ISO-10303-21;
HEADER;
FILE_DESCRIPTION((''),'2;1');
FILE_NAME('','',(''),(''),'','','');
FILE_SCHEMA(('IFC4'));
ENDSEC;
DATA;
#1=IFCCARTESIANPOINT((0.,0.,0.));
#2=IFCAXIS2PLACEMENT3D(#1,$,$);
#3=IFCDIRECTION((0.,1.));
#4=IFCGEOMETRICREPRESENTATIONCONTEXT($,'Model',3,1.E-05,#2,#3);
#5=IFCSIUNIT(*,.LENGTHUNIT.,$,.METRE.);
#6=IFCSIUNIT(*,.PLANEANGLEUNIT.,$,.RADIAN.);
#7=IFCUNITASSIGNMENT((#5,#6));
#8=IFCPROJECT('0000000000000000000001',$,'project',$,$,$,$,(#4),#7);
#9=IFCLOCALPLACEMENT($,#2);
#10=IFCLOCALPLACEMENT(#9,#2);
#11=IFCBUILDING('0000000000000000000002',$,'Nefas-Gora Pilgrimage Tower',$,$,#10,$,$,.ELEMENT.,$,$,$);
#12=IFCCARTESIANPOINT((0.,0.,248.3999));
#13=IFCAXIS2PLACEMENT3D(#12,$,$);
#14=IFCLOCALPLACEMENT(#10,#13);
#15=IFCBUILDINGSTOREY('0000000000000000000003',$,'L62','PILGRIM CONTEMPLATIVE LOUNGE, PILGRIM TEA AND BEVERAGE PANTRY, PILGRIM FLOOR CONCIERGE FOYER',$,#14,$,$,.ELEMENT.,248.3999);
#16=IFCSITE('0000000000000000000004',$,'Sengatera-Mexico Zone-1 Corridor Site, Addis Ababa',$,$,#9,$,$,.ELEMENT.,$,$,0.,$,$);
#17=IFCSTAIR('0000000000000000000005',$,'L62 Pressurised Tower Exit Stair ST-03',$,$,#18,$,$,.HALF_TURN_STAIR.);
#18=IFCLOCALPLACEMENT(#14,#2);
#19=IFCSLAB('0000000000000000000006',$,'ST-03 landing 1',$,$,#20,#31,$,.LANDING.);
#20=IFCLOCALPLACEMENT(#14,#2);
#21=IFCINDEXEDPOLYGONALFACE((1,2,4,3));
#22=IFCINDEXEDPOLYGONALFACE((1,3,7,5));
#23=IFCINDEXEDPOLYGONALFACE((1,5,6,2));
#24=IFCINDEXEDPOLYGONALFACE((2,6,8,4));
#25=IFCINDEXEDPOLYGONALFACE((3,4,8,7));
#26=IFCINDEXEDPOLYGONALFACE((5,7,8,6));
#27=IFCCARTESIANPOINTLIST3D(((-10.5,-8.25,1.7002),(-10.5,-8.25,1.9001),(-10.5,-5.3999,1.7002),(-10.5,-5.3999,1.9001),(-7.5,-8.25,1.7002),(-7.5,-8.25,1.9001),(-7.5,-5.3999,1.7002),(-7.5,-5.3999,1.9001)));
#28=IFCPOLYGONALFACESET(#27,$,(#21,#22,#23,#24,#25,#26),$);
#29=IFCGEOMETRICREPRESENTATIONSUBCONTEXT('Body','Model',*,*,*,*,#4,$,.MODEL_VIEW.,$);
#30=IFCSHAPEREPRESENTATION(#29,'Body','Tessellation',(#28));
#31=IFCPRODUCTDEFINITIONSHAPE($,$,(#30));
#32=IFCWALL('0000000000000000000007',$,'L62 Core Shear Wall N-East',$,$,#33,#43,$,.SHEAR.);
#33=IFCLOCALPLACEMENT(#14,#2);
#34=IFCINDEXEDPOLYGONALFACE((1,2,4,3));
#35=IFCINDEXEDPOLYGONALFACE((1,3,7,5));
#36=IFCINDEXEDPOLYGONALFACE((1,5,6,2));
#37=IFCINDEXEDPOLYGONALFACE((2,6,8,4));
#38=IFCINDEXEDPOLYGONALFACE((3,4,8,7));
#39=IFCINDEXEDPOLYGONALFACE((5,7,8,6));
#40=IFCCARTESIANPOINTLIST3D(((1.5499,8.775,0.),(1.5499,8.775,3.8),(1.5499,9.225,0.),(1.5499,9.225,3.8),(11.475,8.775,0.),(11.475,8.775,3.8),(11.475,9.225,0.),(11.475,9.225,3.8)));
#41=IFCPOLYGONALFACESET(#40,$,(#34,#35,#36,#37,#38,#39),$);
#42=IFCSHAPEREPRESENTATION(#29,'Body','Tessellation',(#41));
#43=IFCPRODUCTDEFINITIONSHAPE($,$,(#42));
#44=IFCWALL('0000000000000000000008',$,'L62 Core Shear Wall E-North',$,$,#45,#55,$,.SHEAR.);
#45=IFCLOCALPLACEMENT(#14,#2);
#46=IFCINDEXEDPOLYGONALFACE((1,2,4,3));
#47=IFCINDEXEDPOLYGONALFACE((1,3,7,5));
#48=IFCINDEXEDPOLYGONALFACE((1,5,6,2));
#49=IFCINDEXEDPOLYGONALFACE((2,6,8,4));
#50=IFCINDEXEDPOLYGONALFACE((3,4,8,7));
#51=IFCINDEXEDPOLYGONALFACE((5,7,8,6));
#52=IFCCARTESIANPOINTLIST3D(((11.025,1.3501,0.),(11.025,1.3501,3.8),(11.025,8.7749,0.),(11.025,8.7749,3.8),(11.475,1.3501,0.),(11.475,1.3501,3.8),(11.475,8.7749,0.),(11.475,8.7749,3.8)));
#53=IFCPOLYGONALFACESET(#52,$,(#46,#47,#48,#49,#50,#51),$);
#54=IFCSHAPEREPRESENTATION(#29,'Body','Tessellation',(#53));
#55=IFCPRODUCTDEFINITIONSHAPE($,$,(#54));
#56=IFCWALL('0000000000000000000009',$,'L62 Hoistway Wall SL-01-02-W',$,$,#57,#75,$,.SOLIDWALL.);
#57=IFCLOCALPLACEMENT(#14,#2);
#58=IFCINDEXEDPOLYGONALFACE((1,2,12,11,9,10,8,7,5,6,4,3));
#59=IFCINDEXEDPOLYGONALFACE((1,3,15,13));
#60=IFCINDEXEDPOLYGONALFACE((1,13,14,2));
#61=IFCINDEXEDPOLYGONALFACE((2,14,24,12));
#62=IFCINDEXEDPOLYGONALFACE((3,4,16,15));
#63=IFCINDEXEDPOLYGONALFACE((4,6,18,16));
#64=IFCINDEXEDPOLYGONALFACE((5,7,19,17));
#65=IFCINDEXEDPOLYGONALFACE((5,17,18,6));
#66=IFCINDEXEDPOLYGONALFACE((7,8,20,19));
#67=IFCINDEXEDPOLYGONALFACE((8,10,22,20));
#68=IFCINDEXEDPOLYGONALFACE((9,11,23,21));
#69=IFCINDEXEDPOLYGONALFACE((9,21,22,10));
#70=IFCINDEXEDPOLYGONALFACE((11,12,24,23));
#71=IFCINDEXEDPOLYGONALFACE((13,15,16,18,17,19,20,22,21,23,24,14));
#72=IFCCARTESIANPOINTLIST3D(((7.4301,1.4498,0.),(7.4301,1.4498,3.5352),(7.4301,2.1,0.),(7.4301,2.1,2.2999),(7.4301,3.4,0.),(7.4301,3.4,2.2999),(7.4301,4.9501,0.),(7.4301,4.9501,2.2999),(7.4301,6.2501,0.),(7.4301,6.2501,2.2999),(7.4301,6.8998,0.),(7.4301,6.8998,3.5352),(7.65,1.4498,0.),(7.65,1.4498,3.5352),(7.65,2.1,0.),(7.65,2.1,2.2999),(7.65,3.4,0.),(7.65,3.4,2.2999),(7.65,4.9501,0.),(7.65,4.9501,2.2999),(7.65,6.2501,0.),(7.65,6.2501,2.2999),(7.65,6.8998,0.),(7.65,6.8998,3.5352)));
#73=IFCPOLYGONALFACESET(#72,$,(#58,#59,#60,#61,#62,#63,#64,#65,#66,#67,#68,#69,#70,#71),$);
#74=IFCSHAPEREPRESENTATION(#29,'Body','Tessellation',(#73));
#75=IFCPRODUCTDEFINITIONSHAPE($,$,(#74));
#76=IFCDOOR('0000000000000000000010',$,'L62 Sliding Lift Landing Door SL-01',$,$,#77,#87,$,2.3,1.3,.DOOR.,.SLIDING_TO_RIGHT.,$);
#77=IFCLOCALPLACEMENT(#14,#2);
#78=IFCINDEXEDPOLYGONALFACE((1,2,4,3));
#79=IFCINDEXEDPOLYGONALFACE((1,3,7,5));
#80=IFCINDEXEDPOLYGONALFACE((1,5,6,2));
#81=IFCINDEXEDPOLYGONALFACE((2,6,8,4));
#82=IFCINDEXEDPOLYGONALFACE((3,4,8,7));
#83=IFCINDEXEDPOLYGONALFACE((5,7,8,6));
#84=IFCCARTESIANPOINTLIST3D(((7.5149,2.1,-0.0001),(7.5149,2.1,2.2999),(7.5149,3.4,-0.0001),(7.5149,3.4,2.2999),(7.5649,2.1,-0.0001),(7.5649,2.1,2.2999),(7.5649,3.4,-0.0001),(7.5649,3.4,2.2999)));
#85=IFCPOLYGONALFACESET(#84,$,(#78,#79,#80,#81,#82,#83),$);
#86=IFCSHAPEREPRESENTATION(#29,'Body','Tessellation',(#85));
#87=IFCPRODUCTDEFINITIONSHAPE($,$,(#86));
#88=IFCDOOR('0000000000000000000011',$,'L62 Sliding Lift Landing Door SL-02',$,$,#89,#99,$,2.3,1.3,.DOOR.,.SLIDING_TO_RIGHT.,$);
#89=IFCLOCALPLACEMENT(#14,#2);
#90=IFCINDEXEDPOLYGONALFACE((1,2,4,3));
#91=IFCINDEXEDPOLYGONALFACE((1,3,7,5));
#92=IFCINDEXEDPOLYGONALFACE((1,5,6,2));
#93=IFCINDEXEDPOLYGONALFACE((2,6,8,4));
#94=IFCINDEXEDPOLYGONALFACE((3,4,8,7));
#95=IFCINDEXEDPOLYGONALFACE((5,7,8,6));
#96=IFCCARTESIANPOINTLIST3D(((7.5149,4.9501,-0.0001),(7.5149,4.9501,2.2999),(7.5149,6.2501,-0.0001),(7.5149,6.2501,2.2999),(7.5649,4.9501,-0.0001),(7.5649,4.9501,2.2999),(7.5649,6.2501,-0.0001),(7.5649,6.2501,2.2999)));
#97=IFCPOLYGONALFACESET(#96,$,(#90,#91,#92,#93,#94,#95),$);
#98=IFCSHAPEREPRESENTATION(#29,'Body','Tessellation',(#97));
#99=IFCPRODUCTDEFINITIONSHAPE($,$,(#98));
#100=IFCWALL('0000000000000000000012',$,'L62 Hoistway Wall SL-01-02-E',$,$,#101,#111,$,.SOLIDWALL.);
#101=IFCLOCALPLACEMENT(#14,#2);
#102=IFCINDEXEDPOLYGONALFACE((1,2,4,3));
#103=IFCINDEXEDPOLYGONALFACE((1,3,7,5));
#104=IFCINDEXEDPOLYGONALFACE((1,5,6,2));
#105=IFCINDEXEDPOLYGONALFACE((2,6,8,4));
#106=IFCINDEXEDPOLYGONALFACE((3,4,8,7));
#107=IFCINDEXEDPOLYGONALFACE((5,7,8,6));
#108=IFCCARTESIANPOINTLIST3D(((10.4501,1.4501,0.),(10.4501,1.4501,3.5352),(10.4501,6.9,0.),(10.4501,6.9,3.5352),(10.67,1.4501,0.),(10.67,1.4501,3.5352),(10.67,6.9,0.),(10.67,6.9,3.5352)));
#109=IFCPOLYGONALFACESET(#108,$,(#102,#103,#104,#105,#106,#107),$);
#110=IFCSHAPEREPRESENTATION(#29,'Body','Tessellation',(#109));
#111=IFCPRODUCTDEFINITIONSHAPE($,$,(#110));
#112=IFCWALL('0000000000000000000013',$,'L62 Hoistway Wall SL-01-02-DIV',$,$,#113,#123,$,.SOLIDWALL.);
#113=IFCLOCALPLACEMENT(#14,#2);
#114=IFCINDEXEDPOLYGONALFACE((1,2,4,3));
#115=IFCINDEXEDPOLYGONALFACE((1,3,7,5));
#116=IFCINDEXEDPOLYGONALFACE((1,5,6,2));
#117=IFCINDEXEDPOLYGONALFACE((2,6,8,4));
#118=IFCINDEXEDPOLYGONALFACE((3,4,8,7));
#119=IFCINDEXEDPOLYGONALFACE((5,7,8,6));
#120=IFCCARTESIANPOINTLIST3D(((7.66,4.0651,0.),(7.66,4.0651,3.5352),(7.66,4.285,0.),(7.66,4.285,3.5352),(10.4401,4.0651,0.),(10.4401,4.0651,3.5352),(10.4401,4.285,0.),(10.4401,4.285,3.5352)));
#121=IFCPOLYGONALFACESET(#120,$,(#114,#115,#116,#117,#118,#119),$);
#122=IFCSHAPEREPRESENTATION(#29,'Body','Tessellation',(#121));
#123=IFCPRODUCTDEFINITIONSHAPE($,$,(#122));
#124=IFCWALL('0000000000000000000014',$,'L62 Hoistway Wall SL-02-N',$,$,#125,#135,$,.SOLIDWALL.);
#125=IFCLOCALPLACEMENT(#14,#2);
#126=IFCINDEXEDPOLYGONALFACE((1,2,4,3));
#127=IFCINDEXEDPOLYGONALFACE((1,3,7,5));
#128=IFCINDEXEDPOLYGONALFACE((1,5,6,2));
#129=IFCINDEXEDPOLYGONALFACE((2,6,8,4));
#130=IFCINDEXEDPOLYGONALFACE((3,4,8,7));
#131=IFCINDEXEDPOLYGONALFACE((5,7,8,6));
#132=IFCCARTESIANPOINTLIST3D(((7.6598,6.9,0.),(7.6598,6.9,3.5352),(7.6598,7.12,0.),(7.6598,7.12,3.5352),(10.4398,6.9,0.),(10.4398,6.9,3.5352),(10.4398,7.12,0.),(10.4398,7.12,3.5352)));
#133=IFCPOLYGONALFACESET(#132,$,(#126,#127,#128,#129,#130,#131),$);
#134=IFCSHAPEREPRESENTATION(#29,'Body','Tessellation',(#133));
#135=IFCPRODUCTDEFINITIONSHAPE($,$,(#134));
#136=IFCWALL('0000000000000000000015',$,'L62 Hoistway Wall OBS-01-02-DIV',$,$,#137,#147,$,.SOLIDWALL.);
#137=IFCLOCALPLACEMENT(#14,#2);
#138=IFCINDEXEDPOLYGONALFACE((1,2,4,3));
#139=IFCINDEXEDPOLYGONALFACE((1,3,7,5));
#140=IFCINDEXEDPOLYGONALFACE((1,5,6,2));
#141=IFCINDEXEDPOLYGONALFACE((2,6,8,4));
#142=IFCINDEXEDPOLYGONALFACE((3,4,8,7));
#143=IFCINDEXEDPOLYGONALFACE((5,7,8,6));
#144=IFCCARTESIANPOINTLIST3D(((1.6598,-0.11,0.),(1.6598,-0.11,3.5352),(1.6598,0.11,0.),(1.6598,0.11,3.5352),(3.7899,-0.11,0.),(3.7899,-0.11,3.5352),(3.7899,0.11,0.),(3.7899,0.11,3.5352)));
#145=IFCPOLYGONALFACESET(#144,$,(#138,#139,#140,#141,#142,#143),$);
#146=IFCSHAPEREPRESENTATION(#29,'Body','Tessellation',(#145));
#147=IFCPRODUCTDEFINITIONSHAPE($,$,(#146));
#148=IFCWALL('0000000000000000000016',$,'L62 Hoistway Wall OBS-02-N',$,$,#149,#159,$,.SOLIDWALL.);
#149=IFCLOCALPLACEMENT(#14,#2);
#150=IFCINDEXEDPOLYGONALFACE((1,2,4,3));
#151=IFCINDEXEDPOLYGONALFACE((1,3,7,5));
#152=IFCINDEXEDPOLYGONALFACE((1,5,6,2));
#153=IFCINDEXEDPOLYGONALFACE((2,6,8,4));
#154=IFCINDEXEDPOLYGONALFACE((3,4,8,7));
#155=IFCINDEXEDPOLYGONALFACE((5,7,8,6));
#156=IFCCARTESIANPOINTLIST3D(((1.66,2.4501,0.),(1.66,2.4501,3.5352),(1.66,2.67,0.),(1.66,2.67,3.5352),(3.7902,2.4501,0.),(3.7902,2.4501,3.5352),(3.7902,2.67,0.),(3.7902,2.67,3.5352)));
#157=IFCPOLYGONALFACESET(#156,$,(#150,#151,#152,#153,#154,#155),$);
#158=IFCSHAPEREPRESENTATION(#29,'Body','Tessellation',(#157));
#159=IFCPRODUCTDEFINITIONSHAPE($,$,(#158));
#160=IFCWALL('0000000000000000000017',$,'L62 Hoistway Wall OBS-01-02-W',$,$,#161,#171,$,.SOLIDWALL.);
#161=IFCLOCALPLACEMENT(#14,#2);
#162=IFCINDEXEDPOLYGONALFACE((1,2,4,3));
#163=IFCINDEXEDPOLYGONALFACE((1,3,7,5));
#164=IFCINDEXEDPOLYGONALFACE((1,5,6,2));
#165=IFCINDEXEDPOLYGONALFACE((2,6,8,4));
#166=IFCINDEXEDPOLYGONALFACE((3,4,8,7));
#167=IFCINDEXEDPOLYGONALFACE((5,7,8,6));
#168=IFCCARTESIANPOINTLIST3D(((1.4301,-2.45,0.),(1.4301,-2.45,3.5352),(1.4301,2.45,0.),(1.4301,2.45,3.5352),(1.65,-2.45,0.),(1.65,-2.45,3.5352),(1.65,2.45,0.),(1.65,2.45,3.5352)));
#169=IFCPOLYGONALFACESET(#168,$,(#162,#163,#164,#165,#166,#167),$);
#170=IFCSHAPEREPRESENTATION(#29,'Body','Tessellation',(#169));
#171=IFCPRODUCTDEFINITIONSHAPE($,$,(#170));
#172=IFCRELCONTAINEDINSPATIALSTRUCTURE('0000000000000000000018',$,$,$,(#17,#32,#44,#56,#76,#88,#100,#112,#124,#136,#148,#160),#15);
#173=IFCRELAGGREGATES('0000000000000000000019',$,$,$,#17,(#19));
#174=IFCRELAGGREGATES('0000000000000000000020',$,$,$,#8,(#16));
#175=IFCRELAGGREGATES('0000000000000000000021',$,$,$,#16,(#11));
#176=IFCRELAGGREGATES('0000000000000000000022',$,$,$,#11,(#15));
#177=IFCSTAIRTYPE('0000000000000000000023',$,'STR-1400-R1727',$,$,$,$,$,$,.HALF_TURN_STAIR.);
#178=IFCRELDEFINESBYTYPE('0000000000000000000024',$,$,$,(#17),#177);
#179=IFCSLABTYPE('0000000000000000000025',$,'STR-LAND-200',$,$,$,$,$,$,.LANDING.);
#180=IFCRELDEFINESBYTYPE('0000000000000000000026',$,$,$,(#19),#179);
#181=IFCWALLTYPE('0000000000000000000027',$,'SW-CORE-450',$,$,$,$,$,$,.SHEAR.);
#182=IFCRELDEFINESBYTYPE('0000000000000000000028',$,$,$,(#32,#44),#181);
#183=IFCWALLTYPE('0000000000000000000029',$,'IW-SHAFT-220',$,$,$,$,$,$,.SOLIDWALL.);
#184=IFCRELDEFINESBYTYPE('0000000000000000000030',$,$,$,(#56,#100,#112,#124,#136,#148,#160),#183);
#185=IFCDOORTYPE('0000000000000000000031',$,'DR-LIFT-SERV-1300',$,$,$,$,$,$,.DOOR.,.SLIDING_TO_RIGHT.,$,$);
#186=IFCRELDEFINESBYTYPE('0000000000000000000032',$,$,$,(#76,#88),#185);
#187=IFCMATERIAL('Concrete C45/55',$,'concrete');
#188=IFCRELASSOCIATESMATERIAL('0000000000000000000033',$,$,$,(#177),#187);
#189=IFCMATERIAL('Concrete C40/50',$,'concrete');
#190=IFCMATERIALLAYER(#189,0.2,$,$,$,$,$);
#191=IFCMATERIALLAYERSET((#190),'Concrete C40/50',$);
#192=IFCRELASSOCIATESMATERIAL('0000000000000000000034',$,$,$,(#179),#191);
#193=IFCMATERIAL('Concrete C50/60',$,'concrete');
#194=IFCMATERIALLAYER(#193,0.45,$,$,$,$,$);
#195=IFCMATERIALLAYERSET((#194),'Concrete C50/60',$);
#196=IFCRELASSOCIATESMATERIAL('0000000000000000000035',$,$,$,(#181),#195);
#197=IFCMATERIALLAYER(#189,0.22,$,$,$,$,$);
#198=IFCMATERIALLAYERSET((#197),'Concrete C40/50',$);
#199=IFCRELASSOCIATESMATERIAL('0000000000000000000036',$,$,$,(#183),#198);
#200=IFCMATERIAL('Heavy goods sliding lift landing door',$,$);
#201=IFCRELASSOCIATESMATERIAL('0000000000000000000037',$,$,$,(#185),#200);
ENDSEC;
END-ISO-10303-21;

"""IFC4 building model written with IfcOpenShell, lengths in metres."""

from ifc_helpers import new_model, si_unit, direction, frame, frame_2d, origin, place, context, subcontext, project, spatial, polyline, rectangle, outline, extrude, source, transform, mapped, material, layer, layer_set, type_object, element, fill, aggregate, save


model = new_model("IFC4")

# Units and contexts
model_context = context("Model", 3, precision=1e-05, world=origin(), true_north=direction((0.0, 1.0)))
body_context = subcontext(model_context, "Body", "Model", "MODEL_VIEW")
ifc_project = project(units=[si_unit("LENGTHUNIT", "METRE"), si_unit("PLANEANGLEUNIT", "RADIAN")], contexts=[model_context])

# Site, building, storey
site_placement = place(None, origin())
site = spatial("IfcSite", under=ifc_project, at=site_placement, Name="Sengatera-Mexico Zone-1 Corridor Site, Addis Ababa", CompositionType="ELEMENT", RefElevation=0.0)
building_placement = place(site_placement, origin())
building = spatial("IfcBuilding", under=site, at=building_placement, Name="Nefas-Gora Pilgrimage Tower", CompositionType="ELEMENT")
storey_placement = place(building_placement, frame((0.0, 0.0, 248.3999)))
storey = spatial("IfcBuildingStorey", under=building, at=storey_placement, Name="L62", Description="PILGRIM CONTEMPLATIVE LOUNGE, PILGRIM TEA AND BEVERAGE PANTRY, PILGRIM FLOOR CONCIERGE FOYER", CompositionType="ELEMENT", Elevation=248.3999)

# Stair, slab
ifc_material_1 = material(Name="Concrete C45/55", Category="concrete")
stair_type = type_object("IfcStairType", Name="STR-1400-R1727", PredefinedType="HALF_TURN_STAIR", material=ifc_material_1)
ifc_material_2 = material(Name="Concrete C40/50", Category="concrete")
ifc_layer_1 = layer(ifc_material_2, 0.2)
ifc_layer_set_1 = layer_set([ifc_layer_1], Name="Concrete C40/50")
slab_type = type_object("IfcSlabType", Name="STR-LAND-200", PredefinedType="LANDING", material=ifc_layer_set_1)
stair_1_placement = place(storey_placement, origin())
stair_1 = element("IfcStair", 1, at=stair_1_placement, inside=storey, type_object=stair_type, Name="L62 Pressurised Tower Exit Stair ST-03", PredefinedType="HALF_TURN_STAIR")
slab_1_placement = place(storey_placement, frame((0.0, 0.0, 1.7002)))
slab_1 = element("IfcSlab", 2, at=slab_1_placement, type_object=slab_type, Name="ST-03 landing 1", PredefinedType="LANDING", context=body_context, shape_type="SweptSolid", body=[
    extrude(outline(polyline([(-10.5, -5.3999), (-10.5, -8.25), (-7.5, -8.25), (-7.5, -5.3999), (-10.5, -5.3999)])), origin(), (0.0, 0.0, 1.0), 0.2),
])
aggregate(stair_1, [slab_1])

# Walls
ifc_material_3 = material(Name="Concrete C50/60", Category="concrete")
ifc_layer_2 = layer(ifc_material_3, 0.45)
ifc_layer_set_2 = layer_set([ifc_layer_2], Name="Concrete C50/60")
wall_type_1 = type_object("IfcWallType", Name="SW-CORE-450", PredefinedType="SHEAR", material=ifc_layer_set_2)
shared_shape_1 = source(origin(), body_context, "Body", "SweptSolid", [
    extrude(rectangle(XDim=9.925, YDim=0.45, at=frame_2d((4.9624, 0.0))), origin(), (0.0, 0.0, 1.0), 3.8),
])
wall_1_placement = place(storey_placement, frame((1.55, 9.0, 0.0), z_axis=(0.0, 0.0, 1.0), x_axis=(1.0, 0.0, 0.0)))
element("IfcWall", 3, at=wall_1_placement, inside=storey, type_object=wall_type_1, Name="L62 Core Shear Wall N-East", PredefinedType="SHEAR", context=body_context, shape_type="MappedRepresentation", body=[
    mapped(shared_shape_1, transform((0.0, 0.0, 0.0), x_axis=(1.0, 0.0, 0.0), y_axis=(0.0, 1.0, 0.0), z_axis=(0.0, 0.0, 1.0), scale=1.0)),
])
shared_shape_2 = source(origin(), body_context, "Body", "SweptSolid", [
    extrude(rectangle(XDim=7.4248, YDim=0.45, at=frame_2d((3.7124, 0.0))), origin(), (0.0, 0.0, 1.0), 3.8),
])
wall_2_placement = place(storey_placement, frame((11.25, 1.3501, 0.0), z_axis=(0.0, 0.0, 1.0), x_axis=(0.0, 1.0, 0.0)))
element("IfcWall", 4, at=wall_2_placement, inside=storey, type_object=wall_type_1, Name="L62 Core Shear Wall E-North", PredefinedType="SHEAR", context=body_context, shape_type="MappedRepresentation", body=[
    mapped(shared_shape_2, transform((0.0, 0.0, 0.0), x_axis=(1.0, 0.0, 0.0), y_axis=(0.0, 1.0, 0.0), z_axis=(0.0, 0.0, 1.0), scale=1.0)),
])

# Wall, openings, doors
ifc_layer_3 = layer(ifc_material_2, 0.22)
ifc_layer_set_3 = layer_set([ifc_layer_3], Name="Concrete C40/50")
wall_type_2 = type_object("IfcWallType", Name="IW-SHAFT-220", PredefinedType="SOLIDWALL", material=ifc_layer_set_3)
shared_shape_3 = source(origin(), body_context, "Body", "SweptSolid", [
    extrude(rectangle(XDim=5.45, YDim=0.22, at=frame_2d((2.7251, 0.0))), origin(), (0.0, 0.0, 1.0), 3.5352),
])
wall_3_placement = place(storey_placement, frame((7.54, 6.8999, 0.0), z_axis=(0.0, 0.0, 1.0), x_axis=(0.0, -1.0, 0.0)))
wall_3 = element("IfcWall", 5, at=wall_3_placement, inside=storey, type_object=wall_type_2, Name="L62 Hoistway Wall SL-01-02-W", PredefinedType="SOLIDWALL", context=body_context, shape_type="MappedRepresentation", body=[
    mapped(shared_shape_3, transform((0.0, 0.0, 0.0), x_axis=(1.0, 0.0, 0.0), y_axis=(0.0, 1.0, 0.0), z_axis=(0.0, 0.0, 1.0), scale=1.0)),
])
opening_1_placement = place(wall_3_placement, frame((3.5, 0.0, 0.0)))
opening_1 = element("IfcOpeningElement", 6, at=opening_1_placement, cuts=wall_3, PredefinedType="OPENING", context=body_context, shape_type="SweptSolid", body=[
    extrude(rectangle(XDim=1.3, YDim=2.3, at=frame_2d((0.6499, 1.1499))), frame((0.0, 0.1199, 0.0), z_axis=(0.0, -1.0, 0.0), x_axis=(1.0, 0.0, 0.0)), (0.0, 0.0, 1.0), 0.24),
])
opening_2_placement = place(wall_3_placement, frame((0.6499, 0.0, 0.0)))
opening_2 = element("IfcOpeningElement", 7, at=opening_2_placement, cuts=wall_3, PredefinedType="OPENING", context=body_context, shape_type="SweptSolid", body=[
    extrude(rectangle(XDim=1.3, YDim=2.3, at=frame_2d((0.6499, 1.1499))), frame((0.0, 0.1199, 0.0), z_axis=(0.0, -1.0, 0.0), x_axis=(1.0, 0.0, 0.0)), (0.0, 0.0, 1.0), 0.24),
])
ifc_material_4 = material(Name="Heavy goods sliding lift landing door")
door_type_1 = type_object("IfcDoorType", Name="DR-LIFT-SERV-1300", OperationType="SLIDING_TO_RIGHT", PredefinedType="DOOR", material=ifc_material_4)
shared_shape_4 = source(origin(), body_context, "Body", "SweptSolid", [
    extrude(rectangle(XDim=1.3, YDim=2.3, at=frame_2d((0.6499, 1.1499))), frame((0.0, 0.0249, 0.0), z_axis=(0.0, -1.0, 0.0), x_axis=(1.0, 0.0, 0.0)), (0.0, 0.0, 1.0), 0.05),
])
door_1_placement = place(opening_1_placement, origin())
door_1 = element("IfcDoor", 8, at=door_1_placement, inside=storey, type_object=door_type_1, Name="L62 Sliding Lift Landing Door SL-01", OperationType="SLIDING_TO_RIGHT", OverallHeight=2.3, OverallWidth=1.3, PredefinedType="DOOR", context=body_context, shape_type="MappedRepresentation", body=[
    mapped(shared_shape_4, transform((0.0, 0.0, 0.0), x_axis=(1.0, 0.0, 0.0), y_axis=(0.0, 1.0, 0.0), z_axis=(0.0, 0.0, 1.0), scale=1.0)),
])
fill(opening_1, door_1)
door_2_placement = place(opening_2_placement, origin())
door_2 = element("IfcDoor", 9, at=door_2_placement, inside=storey, type_object=door_type_1, Name="L62 Sliding Lift Landing Door SL-02", OperationType="SLIDING_TO_RIGHT", OverallHeight=2.3, OverallWidth=1.3, PredefinedType="DOOR", context=body_context, shape_type="MappedRepresentation", body=[
    mapped(shared_shape_4, transform((0.0, 0.0, 0.0), x_axis=(1.0, 0.0, 0.0), y_axis=(0.0, 1.0, 0.0), z_axis=(0.0, 0.0, 1.0), scale=1.0)),
])
fill(opening_2, door_2)

# Walls
wall_4_placement = place(storey_placement, frame((10.5601, 1.45, 0.0), z_axis=(0.0, 0.0, 1.0), x_axis=(0.0, 1.0, 0.0)))
element("IfcWall", 10, at=wall_4_placement, inside=storey, type_object=wall_type_2, Name="L62 Hoistway Wall SL-01-02-E", PredefinedType="SOLIDWALL", context=body_context, shape_type="MappedRepresentation", body=[
    mapped(shared_shape_3, transform((0.0, 0.0, 0.0), x_axis=(1.0, 0.0, 0.0), y_axis=(0.0, 1.0, 0.0), z_axis=(0.0, 0.0, 1.0), scale=1.0)),
])
shared_shape_5 = source(origin(), body_context, "Body", "SweptSolid", [
    extrude(rectangle(XDim=2.78, YDim=0.22, at=frame_2d((1.3901, 0.0))), origin(), (0.0, 0.0, 1.0), 3.5352),
])
for number, where, z_axis, x_axis, name in (
    (11, (7.6599, 4.175, 0.0), (0.0, 0.0, 1.0), (1.0, 0.0, 0.0), "L62 Hoistway Wall SL-01-02-DIV"),
    (12, (10.4399, 7.01, 0.0), (0.0, 0.0, 1.0), (-1.0, 0.0, 0.0), "L62 Hoistway Wall SL-02-N"),
):
    element("IfcWall", number, at=place(storey_placement, frame(where, z_axis=z_axis, x_axis=x_axis)), inside=storey, type_object=wall_type_2, Name=name, PredefinedType="SOLIDWALL", context=body_context, shape_type="MappedRepresentation", body=[
        mapped(shared_shape_5, transform((0.0, 0.0, 0.0), x_axis=(1.0, 0.0, 0.0), y_axis=(0.0, 1.0, 0.0), z_axis=(0.0, 0.0, 1.0), scale=1.0)),
    ])
shared_shape_6 = source(origin(), body_context, "Body", "SweptSolid", [
    extrude(rectangle(XDim=2.1301, YDim=0.22, at=frame_2d((1.0649, 0.0))), origin(), (0.0, 0.0, 1.0), 3.5352),
])
for number, where, z_axis, x_axis, name in (
    (13, (1.6599, 0.0, 0.0), (0.0, 0.0, 1.0), (1.0, 0.0, 0.0), "L62 Hoistway Wall OBS-01-02-DIV"),
    (14, (3.79, 2.5601, 0.0), (0.0, 0.0, 1.0), (-1.0, 0.0, 0.0), "L62 Hoistway Wall OBS-02-N"),
):
    element("IfcWall", number, at=place(storey_placement, frame(where, z_axis=z_axis, x_axis=x_axis)), inside=storey, type_object=wall_type_2, Name=name, PredefinedType="SOLIDWALL", context=body_context, shape_type="MappedRepresentation", body=[
        mapped(shared_shape_6, transform((0.0, 0.0, 0.0), x_axis=(1.0, 0.0, 0.0), y_axis=(0.0, 1.0, 0.0), z_axis=(0.0, 0.0, 1.0), scale=1.0)),
    ])
shared_shape_7 = source(origin(), body_context, "Body", "SweptSolid", [
    extrude(rectangle(XDim=4.8999, YDim=0.22, at=frame_2d((2.45, 0.0))), origin(), (0.0, 0.0, 1.0), 3.5352),
])
wall_5_placement = place(storey_placement, frame((1.54, 2.45, 0.0), z_axis=(0.0, 0.0, 1.0), x_axis=(0.0, -1.0, 0.0)))
element("IfcWall", 15, at=wall_5_placement, inside=storey, type_object=wall_type_2, Name="L62 Hoistway Wall OBS-01-02-W", PredefinedType="SOLIDWALL", context=body_context, shape_type="MappedRepresentation", body=[
    mapped(shared_shape_7, transform((0.0, 0.0, 0.0), x_axis=(1.0, 0.0, 0.0), y_axis=(0.0, 1.0, 0.0), z_axis=(0.0, 0.0, 1.0), scale=1.0)),
])

save(model, "model.ifc")
